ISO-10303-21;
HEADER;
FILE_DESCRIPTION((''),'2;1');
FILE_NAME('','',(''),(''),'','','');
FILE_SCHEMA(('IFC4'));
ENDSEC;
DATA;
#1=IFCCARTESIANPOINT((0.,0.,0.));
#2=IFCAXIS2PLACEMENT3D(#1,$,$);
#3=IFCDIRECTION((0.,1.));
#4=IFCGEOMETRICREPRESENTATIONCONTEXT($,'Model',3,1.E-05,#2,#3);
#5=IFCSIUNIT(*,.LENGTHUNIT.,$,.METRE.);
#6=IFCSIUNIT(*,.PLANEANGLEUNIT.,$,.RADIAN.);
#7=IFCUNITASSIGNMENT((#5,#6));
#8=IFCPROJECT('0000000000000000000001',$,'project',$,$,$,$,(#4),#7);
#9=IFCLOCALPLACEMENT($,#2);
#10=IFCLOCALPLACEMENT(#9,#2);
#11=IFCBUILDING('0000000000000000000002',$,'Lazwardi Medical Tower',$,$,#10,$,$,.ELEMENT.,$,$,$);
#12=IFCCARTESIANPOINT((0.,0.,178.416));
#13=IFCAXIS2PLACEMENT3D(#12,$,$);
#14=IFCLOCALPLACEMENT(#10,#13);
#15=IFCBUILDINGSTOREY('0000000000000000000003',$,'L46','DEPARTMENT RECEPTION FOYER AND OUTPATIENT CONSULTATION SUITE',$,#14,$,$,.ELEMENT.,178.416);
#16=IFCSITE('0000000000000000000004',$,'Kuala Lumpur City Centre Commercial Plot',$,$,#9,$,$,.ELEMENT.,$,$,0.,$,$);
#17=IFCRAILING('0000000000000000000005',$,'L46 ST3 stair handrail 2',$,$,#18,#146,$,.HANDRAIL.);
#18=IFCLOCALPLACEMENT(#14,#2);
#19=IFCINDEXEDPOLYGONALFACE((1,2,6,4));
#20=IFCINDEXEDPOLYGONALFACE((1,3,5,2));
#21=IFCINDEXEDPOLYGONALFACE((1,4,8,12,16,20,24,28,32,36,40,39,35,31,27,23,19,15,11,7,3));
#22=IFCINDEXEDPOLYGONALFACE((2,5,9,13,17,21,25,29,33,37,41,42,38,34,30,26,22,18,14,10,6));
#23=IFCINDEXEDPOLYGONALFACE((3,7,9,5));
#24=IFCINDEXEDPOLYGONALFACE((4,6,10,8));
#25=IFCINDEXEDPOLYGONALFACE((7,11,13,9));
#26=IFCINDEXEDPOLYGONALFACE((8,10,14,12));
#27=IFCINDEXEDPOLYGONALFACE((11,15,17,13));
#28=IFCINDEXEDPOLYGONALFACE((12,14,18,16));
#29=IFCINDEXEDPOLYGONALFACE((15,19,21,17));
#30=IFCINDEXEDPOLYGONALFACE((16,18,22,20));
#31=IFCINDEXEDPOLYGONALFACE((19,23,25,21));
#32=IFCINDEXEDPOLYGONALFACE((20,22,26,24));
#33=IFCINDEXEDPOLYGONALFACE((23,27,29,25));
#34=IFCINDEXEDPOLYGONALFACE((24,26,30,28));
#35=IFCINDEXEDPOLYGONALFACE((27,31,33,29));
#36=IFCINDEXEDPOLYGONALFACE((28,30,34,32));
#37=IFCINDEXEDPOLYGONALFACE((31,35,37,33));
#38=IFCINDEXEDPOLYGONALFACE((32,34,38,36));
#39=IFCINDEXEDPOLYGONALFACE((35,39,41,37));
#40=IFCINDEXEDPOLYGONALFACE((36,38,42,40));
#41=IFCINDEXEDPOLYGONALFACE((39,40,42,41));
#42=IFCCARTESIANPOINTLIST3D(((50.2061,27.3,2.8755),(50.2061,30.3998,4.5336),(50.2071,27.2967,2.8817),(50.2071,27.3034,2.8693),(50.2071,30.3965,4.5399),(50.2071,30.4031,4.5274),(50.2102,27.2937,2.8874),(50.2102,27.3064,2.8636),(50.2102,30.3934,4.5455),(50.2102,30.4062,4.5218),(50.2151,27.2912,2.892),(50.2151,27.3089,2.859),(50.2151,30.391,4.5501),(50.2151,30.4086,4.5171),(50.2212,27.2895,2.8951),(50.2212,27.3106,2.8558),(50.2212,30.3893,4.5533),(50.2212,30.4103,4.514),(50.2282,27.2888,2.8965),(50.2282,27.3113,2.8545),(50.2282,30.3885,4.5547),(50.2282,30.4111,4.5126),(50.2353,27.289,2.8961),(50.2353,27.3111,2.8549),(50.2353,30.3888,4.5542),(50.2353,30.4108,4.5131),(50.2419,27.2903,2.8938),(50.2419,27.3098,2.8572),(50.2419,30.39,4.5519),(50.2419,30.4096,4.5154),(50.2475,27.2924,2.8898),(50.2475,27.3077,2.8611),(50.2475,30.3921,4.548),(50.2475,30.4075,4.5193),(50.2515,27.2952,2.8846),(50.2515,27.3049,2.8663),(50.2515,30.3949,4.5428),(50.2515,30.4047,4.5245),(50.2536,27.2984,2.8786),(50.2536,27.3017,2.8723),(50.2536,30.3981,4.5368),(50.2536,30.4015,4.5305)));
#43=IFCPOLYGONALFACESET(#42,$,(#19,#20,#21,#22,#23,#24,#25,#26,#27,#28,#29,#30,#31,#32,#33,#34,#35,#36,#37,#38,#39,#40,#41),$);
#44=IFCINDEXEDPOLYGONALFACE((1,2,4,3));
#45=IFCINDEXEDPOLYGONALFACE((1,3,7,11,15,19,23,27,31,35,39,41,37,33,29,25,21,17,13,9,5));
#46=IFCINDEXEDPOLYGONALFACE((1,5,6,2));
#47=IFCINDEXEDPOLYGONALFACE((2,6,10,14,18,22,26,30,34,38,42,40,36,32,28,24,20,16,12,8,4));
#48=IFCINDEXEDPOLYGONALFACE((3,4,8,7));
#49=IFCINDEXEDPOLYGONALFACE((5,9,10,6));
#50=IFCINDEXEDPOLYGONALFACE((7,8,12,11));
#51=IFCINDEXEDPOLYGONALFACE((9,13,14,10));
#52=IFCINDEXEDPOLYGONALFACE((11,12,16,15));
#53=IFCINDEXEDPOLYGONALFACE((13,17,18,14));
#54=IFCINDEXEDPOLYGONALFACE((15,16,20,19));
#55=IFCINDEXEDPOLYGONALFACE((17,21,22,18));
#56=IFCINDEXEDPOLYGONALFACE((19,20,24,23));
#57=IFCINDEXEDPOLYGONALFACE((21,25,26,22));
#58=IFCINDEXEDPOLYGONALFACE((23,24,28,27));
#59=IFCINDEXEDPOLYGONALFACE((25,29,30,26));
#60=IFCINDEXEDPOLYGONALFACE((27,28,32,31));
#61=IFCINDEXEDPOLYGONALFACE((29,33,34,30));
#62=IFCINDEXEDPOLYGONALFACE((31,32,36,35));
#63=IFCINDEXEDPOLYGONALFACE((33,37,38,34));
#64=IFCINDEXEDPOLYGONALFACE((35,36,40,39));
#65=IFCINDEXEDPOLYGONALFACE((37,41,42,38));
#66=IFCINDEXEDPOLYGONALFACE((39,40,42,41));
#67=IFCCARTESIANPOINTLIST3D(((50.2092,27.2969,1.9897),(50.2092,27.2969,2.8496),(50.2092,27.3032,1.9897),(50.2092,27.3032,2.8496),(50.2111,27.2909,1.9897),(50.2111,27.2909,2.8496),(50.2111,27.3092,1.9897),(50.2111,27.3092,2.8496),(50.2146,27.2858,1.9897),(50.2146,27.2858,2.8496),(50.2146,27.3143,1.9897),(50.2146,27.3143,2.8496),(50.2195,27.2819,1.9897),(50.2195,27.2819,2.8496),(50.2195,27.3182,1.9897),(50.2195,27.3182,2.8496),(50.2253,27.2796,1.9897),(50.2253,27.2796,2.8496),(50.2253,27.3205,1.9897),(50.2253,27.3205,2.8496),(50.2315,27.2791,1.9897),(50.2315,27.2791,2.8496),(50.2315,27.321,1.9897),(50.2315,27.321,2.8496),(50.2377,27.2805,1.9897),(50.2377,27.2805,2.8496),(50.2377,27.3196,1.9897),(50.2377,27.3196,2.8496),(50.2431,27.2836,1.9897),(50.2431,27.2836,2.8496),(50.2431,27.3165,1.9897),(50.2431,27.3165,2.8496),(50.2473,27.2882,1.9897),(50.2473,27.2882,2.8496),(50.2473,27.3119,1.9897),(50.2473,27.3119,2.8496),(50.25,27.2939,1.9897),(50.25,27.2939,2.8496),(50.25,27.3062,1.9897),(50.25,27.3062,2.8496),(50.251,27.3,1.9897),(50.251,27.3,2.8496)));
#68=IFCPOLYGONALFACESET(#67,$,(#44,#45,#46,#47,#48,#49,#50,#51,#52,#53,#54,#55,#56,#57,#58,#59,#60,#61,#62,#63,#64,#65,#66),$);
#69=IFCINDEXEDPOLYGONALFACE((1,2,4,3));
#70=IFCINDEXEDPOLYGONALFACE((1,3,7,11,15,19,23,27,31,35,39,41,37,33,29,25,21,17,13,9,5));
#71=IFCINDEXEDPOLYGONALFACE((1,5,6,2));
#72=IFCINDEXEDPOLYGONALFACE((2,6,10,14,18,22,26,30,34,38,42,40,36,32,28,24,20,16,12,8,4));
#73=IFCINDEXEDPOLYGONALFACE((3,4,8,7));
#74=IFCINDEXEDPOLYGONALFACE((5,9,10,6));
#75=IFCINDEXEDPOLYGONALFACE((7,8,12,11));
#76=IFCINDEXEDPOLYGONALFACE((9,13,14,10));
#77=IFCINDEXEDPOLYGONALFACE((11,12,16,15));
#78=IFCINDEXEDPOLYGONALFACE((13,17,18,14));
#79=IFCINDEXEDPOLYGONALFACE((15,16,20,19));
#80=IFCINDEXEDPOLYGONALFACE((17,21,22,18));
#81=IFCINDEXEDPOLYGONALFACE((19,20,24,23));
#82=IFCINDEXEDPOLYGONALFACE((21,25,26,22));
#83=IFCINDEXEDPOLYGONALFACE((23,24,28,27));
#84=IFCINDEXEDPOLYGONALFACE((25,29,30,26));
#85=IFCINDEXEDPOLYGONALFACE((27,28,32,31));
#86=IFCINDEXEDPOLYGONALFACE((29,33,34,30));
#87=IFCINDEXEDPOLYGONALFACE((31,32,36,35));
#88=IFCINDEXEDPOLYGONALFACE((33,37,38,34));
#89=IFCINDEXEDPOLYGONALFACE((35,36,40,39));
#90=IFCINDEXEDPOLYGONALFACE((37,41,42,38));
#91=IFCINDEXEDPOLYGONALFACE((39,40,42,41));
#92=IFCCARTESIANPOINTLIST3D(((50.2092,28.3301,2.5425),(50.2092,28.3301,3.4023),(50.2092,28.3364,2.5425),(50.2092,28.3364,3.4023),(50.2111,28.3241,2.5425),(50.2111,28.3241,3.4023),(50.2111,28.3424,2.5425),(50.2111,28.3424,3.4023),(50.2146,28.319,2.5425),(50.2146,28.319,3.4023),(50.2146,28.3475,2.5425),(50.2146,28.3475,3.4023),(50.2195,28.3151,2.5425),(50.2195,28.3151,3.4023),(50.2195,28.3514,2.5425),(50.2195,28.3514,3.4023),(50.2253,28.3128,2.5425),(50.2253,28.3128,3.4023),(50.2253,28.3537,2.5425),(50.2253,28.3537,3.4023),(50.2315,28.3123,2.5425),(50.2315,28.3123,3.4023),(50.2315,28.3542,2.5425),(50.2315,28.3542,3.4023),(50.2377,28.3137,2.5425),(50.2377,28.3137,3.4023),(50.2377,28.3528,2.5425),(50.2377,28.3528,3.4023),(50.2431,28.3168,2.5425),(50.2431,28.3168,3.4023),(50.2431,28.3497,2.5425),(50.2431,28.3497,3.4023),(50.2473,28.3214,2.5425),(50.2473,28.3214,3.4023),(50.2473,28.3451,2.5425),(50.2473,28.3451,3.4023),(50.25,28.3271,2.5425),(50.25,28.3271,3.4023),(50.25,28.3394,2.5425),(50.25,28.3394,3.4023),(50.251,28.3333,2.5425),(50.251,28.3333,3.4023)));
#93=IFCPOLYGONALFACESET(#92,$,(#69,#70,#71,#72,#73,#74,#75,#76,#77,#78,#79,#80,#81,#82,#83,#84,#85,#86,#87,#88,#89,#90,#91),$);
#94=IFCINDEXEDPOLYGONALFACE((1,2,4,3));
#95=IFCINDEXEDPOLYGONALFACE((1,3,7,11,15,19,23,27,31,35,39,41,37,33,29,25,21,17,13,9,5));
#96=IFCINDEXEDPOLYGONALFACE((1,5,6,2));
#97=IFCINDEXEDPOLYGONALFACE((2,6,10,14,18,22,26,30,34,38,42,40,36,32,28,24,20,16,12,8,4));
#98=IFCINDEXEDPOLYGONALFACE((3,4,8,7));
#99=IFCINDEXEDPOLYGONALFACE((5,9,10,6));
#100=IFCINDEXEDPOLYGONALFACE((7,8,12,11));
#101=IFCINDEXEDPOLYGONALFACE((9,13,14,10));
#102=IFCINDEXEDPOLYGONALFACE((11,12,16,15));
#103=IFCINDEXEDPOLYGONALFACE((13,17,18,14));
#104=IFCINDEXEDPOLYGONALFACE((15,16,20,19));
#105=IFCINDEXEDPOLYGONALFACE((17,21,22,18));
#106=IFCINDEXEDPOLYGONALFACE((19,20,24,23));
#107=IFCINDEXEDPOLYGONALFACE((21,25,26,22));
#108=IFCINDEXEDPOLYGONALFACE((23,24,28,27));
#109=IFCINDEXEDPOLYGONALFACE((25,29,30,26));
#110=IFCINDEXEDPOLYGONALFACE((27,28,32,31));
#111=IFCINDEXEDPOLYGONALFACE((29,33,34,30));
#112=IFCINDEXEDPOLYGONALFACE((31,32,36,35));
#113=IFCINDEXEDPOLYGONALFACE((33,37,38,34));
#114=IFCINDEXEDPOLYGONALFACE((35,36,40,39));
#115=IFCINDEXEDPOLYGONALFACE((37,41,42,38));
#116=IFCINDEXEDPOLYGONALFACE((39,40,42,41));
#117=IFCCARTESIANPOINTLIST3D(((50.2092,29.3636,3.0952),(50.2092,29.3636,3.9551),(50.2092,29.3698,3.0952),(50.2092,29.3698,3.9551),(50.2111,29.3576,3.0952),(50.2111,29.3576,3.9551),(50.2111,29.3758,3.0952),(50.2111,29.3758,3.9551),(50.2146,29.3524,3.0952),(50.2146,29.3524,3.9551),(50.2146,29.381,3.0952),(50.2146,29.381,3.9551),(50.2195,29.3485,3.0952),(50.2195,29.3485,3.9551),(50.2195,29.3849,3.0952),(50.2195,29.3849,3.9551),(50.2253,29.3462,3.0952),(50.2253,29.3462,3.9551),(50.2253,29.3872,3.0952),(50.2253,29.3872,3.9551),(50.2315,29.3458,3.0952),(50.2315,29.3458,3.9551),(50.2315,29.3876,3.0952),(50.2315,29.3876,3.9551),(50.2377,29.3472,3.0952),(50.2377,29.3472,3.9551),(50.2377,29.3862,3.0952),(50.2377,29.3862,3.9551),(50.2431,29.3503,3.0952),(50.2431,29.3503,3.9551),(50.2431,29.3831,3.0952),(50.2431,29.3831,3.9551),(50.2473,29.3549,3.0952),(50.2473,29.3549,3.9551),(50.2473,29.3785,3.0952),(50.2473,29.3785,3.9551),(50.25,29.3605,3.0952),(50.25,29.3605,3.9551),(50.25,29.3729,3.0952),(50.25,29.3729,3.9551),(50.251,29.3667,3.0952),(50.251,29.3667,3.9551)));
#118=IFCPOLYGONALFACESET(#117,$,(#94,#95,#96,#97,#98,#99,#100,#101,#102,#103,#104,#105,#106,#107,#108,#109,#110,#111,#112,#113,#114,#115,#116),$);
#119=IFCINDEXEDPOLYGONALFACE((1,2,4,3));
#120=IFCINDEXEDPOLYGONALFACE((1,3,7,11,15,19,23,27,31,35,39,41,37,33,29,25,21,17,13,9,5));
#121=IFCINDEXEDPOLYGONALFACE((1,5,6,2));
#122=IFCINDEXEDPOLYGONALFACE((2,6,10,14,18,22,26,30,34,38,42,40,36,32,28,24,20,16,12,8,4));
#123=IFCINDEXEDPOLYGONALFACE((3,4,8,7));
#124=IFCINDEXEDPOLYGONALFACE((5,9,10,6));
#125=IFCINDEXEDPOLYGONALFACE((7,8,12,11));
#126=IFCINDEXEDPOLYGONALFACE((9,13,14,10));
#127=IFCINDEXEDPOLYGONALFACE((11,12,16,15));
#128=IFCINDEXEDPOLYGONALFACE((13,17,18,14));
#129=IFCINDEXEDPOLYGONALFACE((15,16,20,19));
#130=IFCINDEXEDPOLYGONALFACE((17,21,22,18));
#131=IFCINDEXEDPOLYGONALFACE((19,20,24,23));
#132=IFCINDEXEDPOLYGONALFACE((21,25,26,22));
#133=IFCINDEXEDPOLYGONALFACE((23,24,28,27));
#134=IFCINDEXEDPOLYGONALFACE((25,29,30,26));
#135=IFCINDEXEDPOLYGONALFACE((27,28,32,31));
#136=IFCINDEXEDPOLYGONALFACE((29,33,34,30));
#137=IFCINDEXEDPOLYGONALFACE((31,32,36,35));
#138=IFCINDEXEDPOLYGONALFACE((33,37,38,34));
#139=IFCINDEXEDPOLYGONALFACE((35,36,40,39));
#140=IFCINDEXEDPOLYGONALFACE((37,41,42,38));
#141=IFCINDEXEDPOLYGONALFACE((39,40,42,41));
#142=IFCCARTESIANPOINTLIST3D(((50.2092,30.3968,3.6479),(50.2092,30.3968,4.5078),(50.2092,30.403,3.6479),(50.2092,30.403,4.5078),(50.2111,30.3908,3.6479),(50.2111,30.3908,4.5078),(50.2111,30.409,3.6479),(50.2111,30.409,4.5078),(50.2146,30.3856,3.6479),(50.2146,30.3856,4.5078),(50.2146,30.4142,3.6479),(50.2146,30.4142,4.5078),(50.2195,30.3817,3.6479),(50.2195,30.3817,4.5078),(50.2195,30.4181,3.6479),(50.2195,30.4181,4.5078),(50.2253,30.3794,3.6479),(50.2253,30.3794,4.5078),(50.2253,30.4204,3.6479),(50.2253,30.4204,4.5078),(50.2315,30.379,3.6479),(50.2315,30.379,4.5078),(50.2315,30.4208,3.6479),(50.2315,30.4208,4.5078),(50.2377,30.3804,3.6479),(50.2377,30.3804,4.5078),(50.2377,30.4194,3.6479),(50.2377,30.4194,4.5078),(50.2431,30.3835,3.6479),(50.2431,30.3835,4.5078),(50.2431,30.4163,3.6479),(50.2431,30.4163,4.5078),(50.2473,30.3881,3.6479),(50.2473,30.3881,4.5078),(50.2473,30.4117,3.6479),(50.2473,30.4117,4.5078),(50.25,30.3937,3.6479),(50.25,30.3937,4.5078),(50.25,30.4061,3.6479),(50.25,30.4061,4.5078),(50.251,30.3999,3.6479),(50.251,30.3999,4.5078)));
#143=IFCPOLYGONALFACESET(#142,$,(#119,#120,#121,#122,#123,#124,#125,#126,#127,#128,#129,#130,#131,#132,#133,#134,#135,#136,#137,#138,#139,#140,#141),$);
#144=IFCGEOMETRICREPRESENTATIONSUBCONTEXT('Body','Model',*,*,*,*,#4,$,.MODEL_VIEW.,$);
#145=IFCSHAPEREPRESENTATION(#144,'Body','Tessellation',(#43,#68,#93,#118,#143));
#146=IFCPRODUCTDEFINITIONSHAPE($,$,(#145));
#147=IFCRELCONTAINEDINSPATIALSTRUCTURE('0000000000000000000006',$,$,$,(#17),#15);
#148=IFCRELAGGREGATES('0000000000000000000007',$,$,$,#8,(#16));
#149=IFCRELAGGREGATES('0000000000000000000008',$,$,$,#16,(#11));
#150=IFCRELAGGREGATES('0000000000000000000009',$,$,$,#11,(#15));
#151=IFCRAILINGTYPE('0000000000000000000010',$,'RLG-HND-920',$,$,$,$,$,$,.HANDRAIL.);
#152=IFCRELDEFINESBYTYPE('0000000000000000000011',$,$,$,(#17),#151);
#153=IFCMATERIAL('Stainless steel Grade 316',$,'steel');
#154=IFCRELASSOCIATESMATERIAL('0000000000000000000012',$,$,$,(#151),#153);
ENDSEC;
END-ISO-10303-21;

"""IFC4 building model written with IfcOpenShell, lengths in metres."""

from ifc_helpers import new_model, si_unit, direction, frame, origin, origin_2d, place, context, subcontext, project, spatial, circle, extrude, material, type_object, element, save


model = new_model("IFC4")

# Units and contexts
model_context = context("Model", 3, precision=1e-05, world=origin(), true_north=direction((0.0, 1.0)))
body_context = subcontext(model_context, "Body", "Model", "MODEL_VIEW")
ifc_project = project(units=[si_unit("LENGTHUNIT", "METRE"), si_unit("PLANEANGLEUNIT", "RADIAN")], contexts=[model_context])

# Site, building, storey
site_placement = place(None, origin())
site = spatial("IfcSite", under=ifc_project, at=site_placement, Name="Kuala Lumpur City Centre Commercial Plot", CompositionType="ELEMENT", RefElevation=0.0)
building_placement = place(site_placement, origin())
building = spatial("IfcBuilding", under=site, at=building_placement, Name="Lazwardi Medical Tower", CompositionType="ELEMENT")
storey_placement = place(building_placement, frame((0.0, 0.0, 178.416)))
storey = spatial("IfcBuildingStorey", under=building, at=storey_placement, Name="L46", Description="DEPARTMENT RECEPTION FOYER AND OUTPATIENT CONSULTATION SUITE", CompositionType="ELEMENT", Elevation=178.416)

# Railing
ifc_material_1 = material(Name="Stainless steel Grade 316", Category="steel")
railing_type_1 = type_object("IfcRailingType", Name="RLG-HND-920", PredefinedType="HANDRAIL", material=ifc_material_1)
railing_1_placement = place(storey_placement, frame((50.23, 27.3, 1.9897)))
element("IfcRailing", 1, at=railing_1_placement, inside=storey, type_object=railing_type_1, Name="L46 ST3 stair handrail 2", PredefinedType="HANDRAIL", context=body_context, shape_type="SweptSolid", body=[
    extrude(circle(Radius=0.0239, at=origin_2d()), frame((0.0, 0.0, 0.8857), z_axis=(0.0, 0.881768, 0.471684), x_axis=(-1.0, 0.0, 0.0)), (0.0, 0.0, 1.0), 3.5154),
    extrude(circle(Radius=0.021, at=origin_2d()), origin(), (0.0, 0.0, 1.0), 0.8599),
    extrude(circle(Radius=0.021, at=origin_2d()), frame((0.0, 1.0332, 0.5527)), (0.0, 0.0, 1.0), 0.8599),
    extrude(circle(Radius=0.021, at=origin_2d()), frame((0.0, 2.0667, 1.1055)), (0.0, 0.0, 1.0), 0.8599),
    extrude(circle(Radius=0.021, at=origin_2d()), frame((0.0, 3.0999, 1.6582)), (0.0, 0.0, 1.0), 0.8599),
])

save(model, "model.ifc")
